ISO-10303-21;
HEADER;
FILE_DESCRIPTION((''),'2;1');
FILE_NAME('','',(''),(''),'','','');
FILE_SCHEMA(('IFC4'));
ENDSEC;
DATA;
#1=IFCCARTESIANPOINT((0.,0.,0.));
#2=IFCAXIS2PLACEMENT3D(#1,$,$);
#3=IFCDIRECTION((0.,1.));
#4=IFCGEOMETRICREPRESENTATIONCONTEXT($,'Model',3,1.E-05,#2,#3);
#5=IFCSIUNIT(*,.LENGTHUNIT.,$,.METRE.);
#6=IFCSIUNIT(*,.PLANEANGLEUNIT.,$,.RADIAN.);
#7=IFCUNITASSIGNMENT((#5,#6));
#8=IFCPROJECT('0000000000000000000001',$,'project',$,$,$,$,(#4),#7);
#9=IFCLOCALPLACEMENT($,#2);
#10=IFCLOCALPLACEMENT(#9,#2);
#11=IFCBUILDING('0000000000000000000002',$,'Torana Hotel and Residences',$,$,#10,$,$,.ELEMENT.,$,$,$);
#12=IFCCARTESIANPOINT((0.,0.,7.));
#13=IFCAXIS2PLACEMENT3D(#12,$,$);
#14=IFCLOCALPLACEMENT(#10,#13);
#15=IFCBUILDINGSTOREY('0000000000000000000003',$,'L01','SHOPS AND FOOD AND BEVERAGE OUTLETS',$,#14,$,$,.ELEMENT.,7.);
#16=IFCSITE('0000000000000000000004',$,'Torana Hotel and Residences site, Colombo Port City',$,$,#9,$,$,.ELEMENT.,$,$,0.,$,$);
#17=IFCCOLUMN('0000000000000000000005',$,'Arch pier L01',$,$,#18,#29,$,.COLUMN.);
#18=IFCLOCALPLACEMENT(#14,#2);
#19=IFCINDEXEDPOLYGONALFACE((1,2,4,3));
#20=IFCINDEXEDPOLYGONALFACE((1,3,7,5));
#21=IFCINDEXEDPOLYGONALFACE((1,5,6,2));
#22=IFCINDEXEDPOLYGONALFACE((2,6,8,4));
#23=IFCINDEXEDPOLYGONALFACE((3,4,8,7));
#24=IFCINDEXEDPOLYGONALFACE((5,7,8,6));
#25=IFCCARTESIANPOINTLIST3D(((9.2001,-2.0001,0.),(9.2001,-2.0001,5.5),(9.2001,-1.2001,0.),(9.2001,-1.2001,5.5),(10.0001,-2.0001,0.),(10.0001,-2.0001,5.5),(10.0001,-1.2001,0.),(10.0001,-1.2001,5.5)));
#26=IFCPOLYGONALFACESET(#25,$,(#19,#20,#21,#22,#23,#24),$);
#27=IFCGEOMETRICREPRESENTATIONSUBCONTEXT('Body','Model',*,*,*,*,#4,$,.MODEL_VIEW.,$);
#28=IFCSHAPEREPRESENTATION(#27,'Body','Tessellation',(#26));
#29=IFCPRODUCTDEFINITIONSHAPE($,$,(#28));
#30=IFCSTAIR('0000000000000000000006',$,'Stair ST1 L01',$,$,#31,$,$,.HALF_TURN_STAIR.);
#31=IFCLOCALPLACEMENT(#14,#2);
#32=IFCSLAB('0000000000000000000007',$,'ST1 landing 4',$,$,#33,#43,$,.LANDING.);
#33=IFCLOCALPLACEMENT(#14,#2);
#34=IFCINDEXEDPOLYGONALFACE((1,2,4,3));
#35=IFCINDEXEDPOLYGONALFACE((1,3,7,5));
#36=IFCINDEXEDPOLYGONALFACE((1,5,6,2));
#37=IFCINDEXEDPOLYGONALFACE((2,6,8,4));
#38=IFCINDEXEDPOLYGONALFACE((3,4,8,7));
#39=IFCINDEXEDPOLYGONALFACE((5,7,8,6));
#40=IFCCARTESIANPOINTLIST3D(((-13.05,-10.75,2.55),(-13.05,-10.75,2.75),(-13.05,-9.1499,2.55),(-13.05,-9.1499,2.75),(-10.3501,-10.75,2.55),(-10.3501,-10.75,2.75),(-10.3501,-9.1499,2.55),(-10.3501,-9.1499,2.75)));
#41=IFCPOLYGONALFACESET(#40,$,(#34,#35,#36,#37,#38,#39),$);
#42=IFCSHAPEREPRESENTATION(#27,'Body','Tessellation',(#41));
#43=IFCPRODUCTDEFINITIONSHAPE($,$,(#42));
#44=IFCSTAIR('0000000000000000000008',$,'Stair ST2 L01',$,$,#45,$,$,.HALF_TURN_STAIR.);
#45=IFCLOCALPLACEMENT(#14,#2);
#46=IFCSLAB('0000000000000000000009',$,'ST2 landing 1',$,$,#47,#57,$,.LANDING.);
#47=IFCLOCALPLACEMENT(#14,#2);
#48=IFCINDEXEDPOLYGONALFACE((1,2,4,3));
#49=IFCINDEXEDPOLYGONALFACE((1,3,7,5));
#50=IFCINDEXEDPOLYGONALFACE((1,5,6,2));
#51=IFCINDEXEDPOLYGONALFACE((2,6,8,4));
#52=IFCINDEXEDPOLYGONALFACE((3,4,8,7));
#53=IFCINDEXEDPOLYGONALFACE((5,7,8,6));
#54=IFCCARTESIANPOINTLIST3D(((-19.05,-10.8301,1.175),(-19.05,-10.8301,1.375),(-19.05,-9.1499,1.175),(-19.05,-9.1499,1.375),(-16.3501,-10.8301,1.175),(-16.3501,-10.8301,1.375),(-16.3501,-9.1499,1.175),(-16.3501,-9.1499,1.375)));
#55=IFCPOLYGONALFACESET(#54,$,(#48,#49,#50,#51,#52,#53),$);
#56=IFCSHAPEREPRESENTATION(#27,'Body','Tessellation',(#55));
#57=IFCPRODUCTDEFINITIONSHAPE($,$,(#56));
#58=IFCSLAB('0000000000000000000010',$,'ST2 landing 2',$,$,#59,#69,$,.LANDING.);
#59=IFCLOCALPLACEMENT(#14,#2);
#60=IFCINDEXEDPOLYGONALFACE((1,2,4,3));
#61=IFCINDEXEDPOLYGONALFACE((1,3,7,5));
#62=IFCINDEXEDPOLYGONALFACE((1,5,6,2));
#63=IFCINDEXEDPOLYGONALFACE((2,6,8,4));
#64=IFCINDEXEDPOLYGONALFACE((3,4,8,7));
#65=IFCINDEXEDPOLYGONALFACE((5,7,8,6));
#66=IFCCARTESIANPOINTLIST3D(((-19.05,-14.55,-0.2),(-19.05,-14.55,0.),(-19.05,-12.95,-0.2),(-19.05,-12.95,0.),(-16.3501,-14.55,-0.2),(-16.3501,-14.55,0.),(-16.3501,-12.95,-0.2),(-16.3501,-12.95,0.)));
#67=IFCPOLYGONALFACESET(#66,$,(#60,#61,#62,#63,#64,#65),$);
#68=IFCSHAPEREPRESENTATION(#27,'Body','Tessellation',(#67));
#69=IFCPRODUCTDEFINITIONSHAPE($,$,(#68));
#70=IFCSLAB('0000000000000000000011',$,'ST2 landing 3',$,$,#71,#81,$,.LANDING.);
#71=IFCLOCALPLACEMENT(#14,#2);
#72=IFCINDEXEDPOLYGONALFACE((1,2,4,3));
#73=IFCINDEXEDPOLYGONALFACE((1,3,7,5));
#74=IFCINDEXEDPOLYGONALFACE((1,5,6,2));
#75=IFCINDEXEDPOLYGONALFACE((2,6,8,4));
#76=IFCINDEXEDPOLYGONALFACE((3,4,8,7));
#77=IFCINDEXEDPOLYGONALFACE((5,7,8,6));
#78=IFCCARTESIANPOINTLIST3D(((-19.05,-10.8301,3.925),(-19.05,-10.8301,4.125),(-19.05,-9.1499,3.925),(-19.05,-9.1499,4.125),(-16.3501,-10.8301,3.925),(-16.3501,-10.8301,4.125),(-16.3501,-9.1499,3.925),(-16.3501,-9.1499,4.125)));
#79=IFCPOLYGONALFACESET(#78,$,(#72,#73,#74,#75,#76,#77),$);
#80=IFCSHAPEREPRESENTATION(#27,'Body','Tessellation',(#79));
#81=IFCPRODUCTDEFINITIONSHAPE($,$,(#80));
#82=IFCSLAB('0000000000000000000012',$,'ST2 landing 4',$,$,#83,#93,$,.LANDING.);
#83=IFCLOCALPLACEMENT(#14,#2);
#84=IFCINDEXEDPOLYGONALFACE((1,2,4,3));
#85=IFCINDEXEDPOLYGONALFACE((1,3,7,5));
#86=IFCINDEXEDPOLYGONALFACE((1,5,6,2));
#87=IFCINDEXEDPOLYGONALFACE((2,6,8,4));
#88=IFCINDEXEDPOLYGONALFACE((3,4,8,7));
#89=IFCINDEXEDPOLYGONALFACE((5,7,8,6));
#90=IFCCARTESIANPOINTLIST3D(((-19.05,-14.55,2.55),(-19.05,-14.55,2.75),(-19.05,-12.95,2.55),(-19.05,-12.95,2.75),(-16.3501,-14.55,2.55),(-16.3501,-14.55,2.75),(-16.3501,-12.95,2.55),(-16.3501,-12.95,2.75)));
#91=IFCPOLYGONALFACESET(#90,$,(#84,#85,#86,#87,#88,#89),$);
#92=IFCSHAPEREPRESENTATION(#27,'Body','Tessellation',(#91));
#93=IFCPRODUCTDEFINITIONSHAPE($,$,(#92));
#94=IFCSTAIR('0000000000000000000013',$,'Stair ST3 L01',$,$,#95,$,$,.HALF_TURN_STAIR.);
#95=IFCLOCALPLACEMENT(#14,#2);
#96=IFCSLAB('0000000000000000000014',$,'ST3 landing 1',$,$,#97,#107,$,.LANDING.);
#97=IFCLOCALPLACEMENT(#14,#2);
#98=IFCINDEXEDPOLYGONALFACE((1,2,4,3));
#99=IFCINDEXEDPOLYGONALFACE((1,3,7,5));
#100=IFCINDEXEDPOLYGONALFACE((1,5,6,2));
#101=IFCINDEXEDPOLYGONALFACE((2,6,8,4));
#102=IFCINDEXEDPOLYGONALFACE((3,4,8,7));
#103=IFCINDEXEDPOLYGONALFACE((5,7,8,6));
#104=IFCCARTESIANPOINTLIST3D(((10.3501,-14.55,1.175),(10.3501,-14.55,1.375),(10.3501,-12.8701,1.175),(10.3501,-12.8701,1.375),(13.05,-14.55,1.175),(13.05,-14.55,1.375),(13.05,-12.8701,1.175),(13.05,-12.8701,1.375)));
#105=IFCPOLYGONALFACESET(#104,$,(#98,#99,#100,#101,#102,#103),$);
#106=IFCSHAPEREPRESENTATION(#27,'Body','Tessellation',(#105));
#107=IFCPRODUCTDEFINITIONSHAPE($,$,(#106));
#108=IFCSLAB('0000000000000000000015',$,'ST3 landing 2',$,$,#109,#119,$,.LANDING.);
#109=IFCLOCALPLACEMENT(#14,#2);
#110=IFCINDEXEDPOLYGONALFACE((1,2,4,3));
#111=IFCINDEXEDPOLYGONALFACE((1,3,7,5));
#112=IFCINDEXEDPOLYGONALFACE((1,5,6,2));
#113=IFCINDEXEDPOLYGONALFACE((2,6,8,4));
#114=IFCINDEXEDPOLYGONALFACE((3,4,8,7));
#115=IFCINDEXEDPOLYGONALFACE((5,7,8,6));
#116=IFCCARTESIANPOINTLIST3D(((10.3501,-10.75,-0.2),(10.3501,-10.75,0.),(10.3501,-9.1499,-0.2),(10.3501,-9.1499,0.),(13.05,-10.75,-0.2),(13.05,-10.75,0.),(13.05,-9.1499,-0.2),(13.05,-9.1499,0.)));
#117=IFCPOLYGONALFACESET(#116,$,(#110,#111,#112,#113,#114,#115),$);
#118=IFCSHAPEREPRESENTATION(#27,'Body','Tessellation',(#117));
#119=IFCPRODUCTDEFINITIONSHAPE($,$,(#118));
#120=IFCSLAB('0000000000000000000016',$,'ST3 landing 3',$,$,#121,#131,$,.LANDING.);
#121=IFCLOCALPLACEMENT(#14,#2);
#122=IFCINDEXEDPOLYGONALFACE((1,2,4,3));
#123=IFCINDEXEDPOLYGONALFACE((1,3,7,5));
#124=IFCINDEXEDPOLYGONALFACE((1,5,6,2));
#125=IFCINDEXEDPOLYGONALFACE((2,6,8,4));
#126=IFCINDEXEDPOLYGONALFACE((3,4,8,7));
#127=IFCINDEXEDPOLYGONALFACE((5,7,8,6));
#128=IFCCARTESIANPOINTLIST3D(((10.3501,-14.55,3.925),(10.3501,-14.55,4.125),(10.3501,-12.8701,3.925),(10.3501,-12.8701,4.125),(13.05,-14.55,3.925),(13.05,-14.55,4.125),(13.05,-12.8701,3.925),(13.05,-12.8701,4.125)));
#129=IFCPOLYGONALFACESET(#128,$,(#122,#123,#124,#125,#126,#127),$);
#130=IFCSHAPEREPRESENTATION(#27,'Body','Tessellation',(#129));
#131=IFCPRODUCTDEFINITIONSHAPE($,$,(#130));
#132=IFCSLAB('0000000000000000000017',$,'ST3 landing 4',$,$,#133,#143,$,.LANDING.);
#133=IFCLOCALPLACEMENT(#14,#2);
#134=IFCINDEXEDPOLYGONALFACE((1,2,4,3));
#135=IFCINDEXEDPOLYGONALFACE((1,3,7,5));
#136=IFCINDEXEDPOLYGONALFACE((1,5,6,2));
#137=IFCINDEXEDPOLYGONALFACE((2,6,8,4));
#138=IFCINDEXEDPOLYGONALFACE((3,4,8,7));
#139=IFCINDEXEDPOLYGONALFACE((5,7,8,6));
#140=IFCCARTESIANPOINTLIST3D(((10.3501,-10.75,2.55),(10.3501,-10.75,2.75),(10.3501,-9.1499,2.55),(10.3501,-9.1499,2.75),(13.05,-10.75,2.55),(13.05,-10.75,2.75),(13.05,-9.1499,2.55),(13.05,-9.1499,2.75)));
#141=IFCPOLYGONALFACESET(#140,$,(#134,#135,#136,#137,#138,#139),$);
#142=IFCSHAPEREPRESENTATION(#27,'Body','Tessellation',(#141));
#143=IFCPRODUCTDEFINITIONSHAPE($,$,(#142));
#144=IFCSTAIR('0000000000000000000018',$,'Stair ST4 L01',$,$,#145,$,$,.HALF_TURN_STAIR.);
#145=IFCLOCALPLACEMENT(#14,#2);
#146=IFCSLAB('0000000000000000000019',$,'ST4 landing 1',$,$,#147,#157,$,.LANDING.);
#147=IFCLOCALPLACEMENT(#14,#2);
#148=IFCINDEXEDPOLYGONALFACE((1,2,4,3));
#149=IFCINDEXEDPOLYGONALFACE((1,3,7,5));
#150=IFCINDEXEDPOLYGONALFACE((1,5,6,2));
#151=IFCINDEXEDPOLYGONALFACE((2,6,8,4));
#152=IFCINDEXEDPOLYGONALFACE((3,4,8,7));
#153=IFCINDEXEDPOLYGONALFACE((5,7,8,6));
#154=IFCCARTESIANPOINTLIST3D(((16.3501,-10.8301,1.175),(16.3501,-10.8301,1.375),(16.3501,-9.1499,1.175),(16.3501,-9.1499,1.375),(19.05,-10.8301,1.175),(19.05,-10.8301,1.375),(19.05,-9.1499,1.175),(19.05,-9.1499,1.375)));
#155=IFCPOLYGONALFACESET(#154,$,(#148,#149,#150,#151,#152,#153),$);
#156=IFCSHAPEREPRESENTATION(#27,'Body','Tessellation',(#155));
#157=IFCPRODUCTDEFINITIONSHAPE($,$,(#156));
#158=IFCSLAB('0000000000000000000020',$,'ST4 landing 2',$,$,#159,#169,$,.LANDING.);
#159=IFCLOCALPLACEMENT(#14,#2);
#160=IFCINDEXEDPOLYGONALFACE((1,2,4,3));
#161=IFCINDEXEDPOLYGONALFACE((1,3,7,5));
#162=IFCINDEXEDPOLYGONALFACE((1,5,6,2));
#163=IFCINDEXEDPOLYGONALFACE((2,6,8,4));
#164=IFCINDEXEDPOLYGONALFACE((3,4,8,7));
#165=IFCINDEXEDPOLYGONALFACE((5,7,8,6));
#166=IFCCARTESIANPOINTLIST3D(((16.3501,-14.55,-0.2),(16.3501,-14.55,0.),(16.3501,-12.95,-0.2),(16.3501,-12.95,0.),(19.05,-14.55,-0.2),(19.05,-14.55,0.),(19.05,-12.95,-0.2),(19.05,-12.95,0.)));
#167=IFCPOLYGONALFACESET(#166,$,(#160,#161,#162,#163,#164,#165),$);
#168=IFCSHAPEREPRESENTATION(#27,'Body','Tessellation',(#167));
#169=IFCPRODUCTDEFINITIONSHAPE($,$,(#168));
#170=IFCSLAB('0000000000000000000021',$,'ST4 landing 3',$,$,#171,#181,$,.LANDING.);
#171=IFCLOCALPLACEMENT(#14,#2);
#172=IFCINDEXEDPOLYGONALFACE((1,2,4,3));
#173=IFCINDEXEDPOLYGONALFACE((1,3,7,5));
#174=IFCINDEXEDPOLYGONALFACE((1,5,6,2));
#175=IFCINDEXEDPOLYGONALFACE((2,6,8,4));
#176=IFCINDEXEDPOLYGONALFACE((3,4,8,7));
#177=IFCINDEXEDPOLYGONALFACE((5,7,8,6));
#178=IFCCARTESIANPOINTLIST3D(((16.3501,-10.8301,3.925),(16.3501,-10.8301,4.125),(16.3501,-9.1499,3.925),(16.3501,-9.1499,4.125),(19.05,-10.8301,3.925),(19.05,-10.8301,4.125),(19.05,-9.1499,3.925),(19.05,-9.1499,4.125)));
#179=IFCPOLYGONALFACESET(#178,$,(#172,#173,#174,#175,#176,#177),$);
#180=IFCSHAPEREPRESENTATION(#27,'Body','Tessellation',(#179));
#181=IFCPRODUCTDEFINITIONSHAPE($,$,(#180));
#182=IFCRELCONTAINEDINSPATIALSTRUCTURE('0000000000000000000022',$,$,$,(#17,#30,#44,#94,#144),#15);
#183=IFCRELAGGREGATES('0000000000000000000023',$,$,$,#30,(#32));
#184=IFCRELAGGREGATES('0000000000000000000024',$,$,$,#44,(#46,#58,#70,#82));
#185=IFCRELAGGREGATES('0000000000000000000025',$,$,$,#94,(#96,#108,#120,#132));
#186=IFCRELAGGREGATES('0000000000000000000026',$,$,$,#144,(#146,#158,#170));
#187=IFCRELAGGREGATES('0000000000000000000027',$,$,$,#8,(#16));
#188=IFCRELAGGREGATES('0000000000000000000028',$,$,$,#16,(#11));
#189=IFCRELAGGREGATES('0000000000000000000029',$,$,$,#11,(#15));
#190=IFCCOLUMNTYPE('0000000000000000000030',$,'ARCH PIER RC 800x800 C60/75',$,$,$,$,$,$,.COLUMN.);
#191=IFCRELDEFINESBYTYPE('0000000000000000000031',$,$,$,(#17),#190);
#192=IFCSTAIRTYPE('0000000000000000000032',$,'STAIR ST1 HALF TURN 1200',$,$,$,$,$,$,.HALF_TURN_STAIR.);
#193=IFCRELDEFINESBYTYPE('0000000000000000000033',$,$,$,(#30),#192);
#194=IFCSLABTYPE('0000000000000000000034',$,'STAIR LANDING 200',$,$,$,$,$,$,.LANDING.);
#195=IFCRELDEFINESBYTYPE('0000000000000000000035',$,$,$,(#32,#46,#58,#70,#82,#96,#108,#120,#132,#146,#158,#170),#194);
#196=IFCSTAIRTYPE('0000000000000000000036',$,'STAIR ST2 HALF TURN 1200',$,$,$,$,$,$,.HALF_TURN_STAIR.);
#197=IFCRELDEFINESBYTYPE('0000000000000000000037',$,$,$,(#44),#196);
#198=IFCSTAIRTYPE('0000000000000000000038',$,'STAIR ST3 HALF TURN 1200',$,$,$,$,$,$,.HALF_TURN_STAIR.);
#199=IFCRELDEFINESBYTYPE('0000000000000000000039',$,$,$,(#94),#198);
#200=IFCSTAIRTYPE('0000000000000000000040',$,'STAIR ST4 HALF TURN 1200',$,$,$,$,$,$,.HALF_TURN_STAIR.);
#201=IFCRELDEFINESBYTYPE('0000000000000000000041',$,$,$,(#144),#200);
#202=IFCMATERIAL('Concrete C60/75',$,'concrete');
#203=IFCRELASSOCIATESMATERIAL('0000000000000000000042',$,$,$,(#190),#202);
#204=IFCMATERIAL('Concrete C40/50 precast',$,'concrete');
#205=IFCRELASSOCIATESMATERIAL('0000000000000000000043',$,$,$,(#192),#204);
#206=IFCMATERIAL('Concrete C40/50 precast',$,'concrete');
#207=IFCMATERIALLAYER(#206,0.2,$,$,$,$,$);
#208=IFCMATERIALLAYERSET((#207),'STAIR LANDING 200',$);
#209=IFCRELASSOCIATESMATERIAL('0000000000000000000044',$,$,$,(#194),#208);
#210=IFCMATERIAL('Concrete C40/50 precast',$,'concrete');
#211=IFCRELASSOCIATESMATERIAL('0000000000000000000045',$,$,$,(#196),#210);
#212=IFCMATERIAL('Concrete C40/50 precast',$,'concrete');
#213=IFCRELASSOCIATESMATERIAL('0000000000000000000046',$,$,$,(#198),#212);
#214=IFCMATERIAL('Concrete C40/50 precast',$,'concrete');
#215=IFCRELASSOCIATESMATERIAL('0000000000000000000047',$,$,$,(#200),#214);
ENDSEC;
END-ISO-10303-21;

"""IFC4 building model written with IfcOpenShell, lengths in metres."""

from ifc_helpers import new_model, si_unit, direction, frame, origin, origin_2d, place, context, subcontext, project, spatial, polyline, rectangle, outline, extrude, material, layer, layer_set, material_profile, profile_set, type_object, element, aggregate, save


model = new_model("IFC4")

# Units and contexts
model_context = context("Model", 3, precision=1e-05, world=origin(), true_north=direction((0.0, 1.0)))
body_context = subcontext(model_context, "Body", "Model", "MODEL_VIEW")
ifc_project = project(units=[si_unit("LENGTHUNIT", "METRE"), si_unit("PLANEANGLEUNIT", "RADIAN")], contexts=[model_context])

# Site, building, storey
site_placement = place(None, origin())
site = spatial("IfcSite", under=ifc_project, at=site_placement, Name="Torana Hotel and Residences site, Colombo Port City", CompositionType="ELEMENT", RefElevation=0.0)
building_placement = place(site_placement, origin())
building = spatial("IfcBuilding", under=site, at=building_placement, Name="Torana Hotel and Residences", CompositionType="ELEMENT")
storey_placement = place(building_placement, frame((0.0, 0.0, 7.0)))
storey = spatial("IfcBuildingStorey", under=building, at=storey_placement, Name="L01", Description="SHOPS AND FOOD AND BEVERAGE OUTLETS", CompositionType="ELEMENT", Elevation=7.0)

# Column
ifc_material_1 = material(Name="Concrete C60/75", Category="concrete")
ifc_material_profile = material_profile(ifc_material_1, rectangle(XDim=0.8, YDim=0.8, at=origin_2d()), Name="RC 800x800")
ifc_profile_set = profile_set([ifc_material_profile], Name="Concrete C60/75")
column_type = type_object("IfcColumnType", Name="ARCH PIER RC 800x800 C60/75", PredefinedType="COLUMN", material=ifc_profile_set)
column_placement = place(storey_placement, frame((9.6001, -1.6001, 0.0), z_axis=(0.0, 0.0, 1.0), x_axis=(1.0, 0.0, 0.0)))
element("IfcColumn", 1, at=column_placement, inside=storey, type_object=column_type, Name="Arch pier L01", PredefinedType="COLUMN", context=body_context, shape_type="SweptSolid", body=[
    extrude(rectangle(XDim=0.8, YDim=0.8, at=origin_2d()), origin(), (0.0, 0.0, 1.0), 5.5),
])

# Stair, slab
ifc_material_2 = material(Name="Concrete C40/50 precast", Category="concrete")
stair_type_1 = type_object("IfcStairType", Name="STAIR ST1 HALF TURN 1200", PredefinedType="HALF_TURN_STAIR", material=ifc_material_2)
stair_1_placement = place(storey_placement, origin())
stair_1 = element("IfcStair", 2, at=stair_1_placement, inside=storey, type_object=stair_type_1, Name="Stair ST1 L01", PredefinedType="HALF_TURN_STAIR")
ifc_material_3 = material(Name="Concrete C40/50 precast", Category="concrete")
ifc_layer_1 = layer(ifc_material_3, 0.2)
ifc_layer_set_1 = layer_set([ifc_layer_1], Name="STAIR LANDING 200")
slab_type = type_object("IfcSlabType", Name="STAIR LANDING 200", PredefinedType="LANDING", material=ifc_layer_set_1)
slab_1_placement = place(storey_placement, frame((0.0, 0.0, 2.55)))
slab_1 = element("IfcSlab", 3, at=slab_1_placement, type_object=slab_type, Name="ST1 landing 4", PredefinedType="LANDING", context=body_context, shape_type="SweptSolid", body=[
    extrude(outline(polyline([(-13.05, -10.75), (-10.3501, -10.75), (-10.3501, -9.1499), (-13.05, -9.1499), (-13.05, -10.75)])), origin(), (0.0, 0.0, 1.0), 0.2),
])
aggregate(stair_1, [slab_1])

# Stairs, slabs
ifc_material_4 = material(Name="Concrete C40/50 precast", Category="concrete")
stair_type_2 = type_object("IfcStairType", Name="STAIR ST2 HALF TURN 1200", PredefinedType="HALF_TURN_STAIR", material=ifc_material_4)
stair_2_placement = place(storey_placement, origin())
stair_2 = element("IfcStair", 4, at=stair_2_placement, inside=storey, type_object=stair_type_2, Name="Stair ST2 L01", PredefinedType="HALF_TURN_STAIR")
slab_2_placement = place(storey_placement, frame((0.0, 0.0, 1.175)))
slab_2 = element("IfcSlab", 5, at=slab_2_placement, type_object=slab_type, Name="ST2 landing 1", PredefinedType="LANDING", context=body_context, shape_type="SweptSolid", body=[
    extrude(outline(polyline([(-19.05, -10.8301), (-16.3501, -10.8301), (-16.3501, -9.1499), (-19.05, -9.1499), (-19.05, -10.8301)])), origin(), (0.0, 0.0, 1.0), 0.2),
])
slab_3_placement = place(storey_placement, frame((0.0, 0.0, -0.2)))
slab_3 = element("IfcSlab", 6, at=slab_3_placement, type_object=slab_type, Name="ST2 landing 2", PredefinedType="LANDING", context=body_context, shape_type="SweptSolid", body=[
    extrude(outline(polyline([(-19.05, -14.55), (-16.3501, -14.55), (-16.3501, -12.95), (-19.05, -12.95), (-19.05, -14.55)])), origin(), (0.0, 0.0, 1.0), 0.2),
])
slab_4_placement = place(storey_placement, frame((0.0, 0.0, 3.925)))
slab_4 = element("IfcSlab", 7, at=slab_4_placement, type_object=slab_type, Name="ST2 landing 3", PredefinedType="LANDING", context=body_context, shape_type="SweptSolid", body=[
    extrude(outline(polyline([(-19.05, -10.8301), (-16.3501, -10.8301), (-16.3501, -9.1499), (-19.05, -9.1499), (-19.05, -10.8301)])), origin(), (0.0, 0.0, 1.0), 0.2),
])
slab_5_placement = place(storey_placement, frame((0.0, 0.0, 2.55)))
slab_5 = element("IfcSlab", 8, at=slab_5_placement, type_object=slab_type, Name="ST2 landing 4", PredefinedType="LANDING", context=body_context, shape_type="SweptSolid", body=[
    extrude(outline(polyline([(-19.05, -14.55), (-16.3501, -14.55), (-16.3501, -12.95), (-19.05, -12.95), (-19.05, -14.55)])), origin(), (0.0, 0.0, 1.0), 0.2),
])
aggregate(stair_2, [slab_2, slab_3, slab_4, slab_5])
ifc_material_5 = material(Name="Concrete C40/50 precast", Category="concrete")
stair_type_3 = type_object("IfcStairType", Name="STAIR ST3 HALF TURN 1200", PredefinedType="HALF_TURN_STAIR", material=ifc_material_5)
stair_3_placement = place(storey_placement, origin())
stair_3 = element("IfcStair", 9, at=stair_3_placement, inside=storey, type_object=stair_type_3, Name="Stair ST3 L01", PredefinedType="HALF_TURN_STAIR")
slab_6_placement = place(storey_placement, frame((0.0, 0.0, 1.175)))
slab_6 = element("IfcSlab", 10, at=slab_6_placement, type_object=slab_type, Name="ST3 landing 1", PredefinedType="LANDING", context=body_context, shape_type="SweptSolid", body=[
    extrude(outline(polyline([(10.3501, -14.55), (13.05, -14.55), (13.05, -12.8701), (10.3501, -12.8701), (10.3501, -14.55)])), origin(), (0.0, 0.0, 1.0), 0.2),
])
slab_7_placement = place(storey_placement, frame((0.0, 0.0, -0.2)))
slab_7 = element("IfcSlab", 11, at=slab_7_placement, type_object=slab_type, Name="ST3 landing 2", PredefinedType="LANDING", context=body_context, shape_type="SweptSolid", body=[
    extrude(outline(polyline([(10.3501, -10.75), (13.05, -10.75), (13.05, -9.1499), (10.3501, -9.1499), (10.3501, -10.75)])), origin(), (0.0, 0.0, 1.0), 0.2),
])
slab_8_placement = place(storey_placement, frame((0.0, 0.0, 3.925)))
slab_8 = element("IfcSlab", 12, at=slab_8_placement, type_object=slab_type, Name="ST3 landing 3", PredefinedType="LANDING", context=body_context, shape_type="SweptSolid", body=[
    extrude(outline(polyline([(10.3501, -14.55), (13.05, -14.55), (13.05, -12.8701), (10.3501, -12.8701), (10.3501, -14.55)])), origin(), (0.0, 0.0, 1.0), 0.2),
])
slab_9_placement = place(storey_placement, frame((0.0, 0.0, 2.55)))
slab_9 = element("IfcSlab", 13, at=slab_9_placement, type_object=slab_type, Name="ST3 landing 4", PredefinedType="LANDING", context=body_context, shape_type="SweptSolid", body=[
    extrude(outline(polyline([(10.3501, -10.75), (13.05, -10.75), (13.05, -9.1499), (10.3501, -9.1499), (10.3501, -10.75)])), origin(), (0.0, 0.0, 1.0), 0.2),
])
aggregate(stair_3, [slab_6, slab_7, slab_8, slab_9])
ifc_material_6 = material(Name="Concrete C40/50 precast", Category="concrete")
stair_type_4 = type_object("IfcStairType", Name="STAIR ST4 HALF TURN 1200", PredefinedType="HALF_TURN_STAIR", material=ifc_material_6)
stair_4_placement = place(storey_placement, origin())
stair_4 = element("IfcStair", 14, at=stair_4_placement, inside=storey, type_object=stair_type_4, Name="Stair ST4 L01", PredefinedType="HALF_TURN_STAIR")
slab_10_placement = place(storey_placement, frame((0.0, 0.0, 1.175)))
slab_10 = element("IfcSlab", 15, at=slab_10_placement, type_object=slab_type, Name="ST4 landing 1", PredefinedType="LANDING", context=body_context, shape_type="SweptSolid", body=[
    extrude(outline(polyline([(16.3501, -10.8301), (19.05, -10.8301), (19.05, -9.1499), (16.3501, -9.1499), (16.3501, -10.8301)])), origin(), (0.0, 0.0, 1.0), 0.2),
])
slab_11_placement = place(storey_placement, frame((0.0, 0.0, -0.2)))
slab_11 = element("IfcSlab", 16, at=slab_11_placement, type_object=slab_type, Name="ST4 landing 2", PredefinedType="LANDING", context=body_context, shape_type="SweptSolid", body=[
    extrude(outline(polyline([(16.3501, -14.55), (19.05, -14.55), (19.05, -12.95), (16.3501, -12.95), (16.3501, -14.55)])), origin(), (0.0, 0.0, 1.0), 0.2),
])
slab_12_placement = place(storey_placement, frame((0.0, 0.0, 3.925)))
slab_12 = element("IfcSlab", 17, at=slab_12_placement, type_object=slab_type, Name="ST4 landing 3", PredefinedType="LANDING", context=body_context, shape_type="SweptSolid", body=[
    extrude(outline(polyline([(16.3501, -10.8301), (19.05, -10.8301), (19.05, -9.1499), (16.3501, -9.1499), (16.3501, -10.8301)])), origin(), (0.0, 0.0, 1.0), 0.2),
])
aggregate(stair_4, [slab_10, slab_11, slab_12])

save(model, "model.ifc")
